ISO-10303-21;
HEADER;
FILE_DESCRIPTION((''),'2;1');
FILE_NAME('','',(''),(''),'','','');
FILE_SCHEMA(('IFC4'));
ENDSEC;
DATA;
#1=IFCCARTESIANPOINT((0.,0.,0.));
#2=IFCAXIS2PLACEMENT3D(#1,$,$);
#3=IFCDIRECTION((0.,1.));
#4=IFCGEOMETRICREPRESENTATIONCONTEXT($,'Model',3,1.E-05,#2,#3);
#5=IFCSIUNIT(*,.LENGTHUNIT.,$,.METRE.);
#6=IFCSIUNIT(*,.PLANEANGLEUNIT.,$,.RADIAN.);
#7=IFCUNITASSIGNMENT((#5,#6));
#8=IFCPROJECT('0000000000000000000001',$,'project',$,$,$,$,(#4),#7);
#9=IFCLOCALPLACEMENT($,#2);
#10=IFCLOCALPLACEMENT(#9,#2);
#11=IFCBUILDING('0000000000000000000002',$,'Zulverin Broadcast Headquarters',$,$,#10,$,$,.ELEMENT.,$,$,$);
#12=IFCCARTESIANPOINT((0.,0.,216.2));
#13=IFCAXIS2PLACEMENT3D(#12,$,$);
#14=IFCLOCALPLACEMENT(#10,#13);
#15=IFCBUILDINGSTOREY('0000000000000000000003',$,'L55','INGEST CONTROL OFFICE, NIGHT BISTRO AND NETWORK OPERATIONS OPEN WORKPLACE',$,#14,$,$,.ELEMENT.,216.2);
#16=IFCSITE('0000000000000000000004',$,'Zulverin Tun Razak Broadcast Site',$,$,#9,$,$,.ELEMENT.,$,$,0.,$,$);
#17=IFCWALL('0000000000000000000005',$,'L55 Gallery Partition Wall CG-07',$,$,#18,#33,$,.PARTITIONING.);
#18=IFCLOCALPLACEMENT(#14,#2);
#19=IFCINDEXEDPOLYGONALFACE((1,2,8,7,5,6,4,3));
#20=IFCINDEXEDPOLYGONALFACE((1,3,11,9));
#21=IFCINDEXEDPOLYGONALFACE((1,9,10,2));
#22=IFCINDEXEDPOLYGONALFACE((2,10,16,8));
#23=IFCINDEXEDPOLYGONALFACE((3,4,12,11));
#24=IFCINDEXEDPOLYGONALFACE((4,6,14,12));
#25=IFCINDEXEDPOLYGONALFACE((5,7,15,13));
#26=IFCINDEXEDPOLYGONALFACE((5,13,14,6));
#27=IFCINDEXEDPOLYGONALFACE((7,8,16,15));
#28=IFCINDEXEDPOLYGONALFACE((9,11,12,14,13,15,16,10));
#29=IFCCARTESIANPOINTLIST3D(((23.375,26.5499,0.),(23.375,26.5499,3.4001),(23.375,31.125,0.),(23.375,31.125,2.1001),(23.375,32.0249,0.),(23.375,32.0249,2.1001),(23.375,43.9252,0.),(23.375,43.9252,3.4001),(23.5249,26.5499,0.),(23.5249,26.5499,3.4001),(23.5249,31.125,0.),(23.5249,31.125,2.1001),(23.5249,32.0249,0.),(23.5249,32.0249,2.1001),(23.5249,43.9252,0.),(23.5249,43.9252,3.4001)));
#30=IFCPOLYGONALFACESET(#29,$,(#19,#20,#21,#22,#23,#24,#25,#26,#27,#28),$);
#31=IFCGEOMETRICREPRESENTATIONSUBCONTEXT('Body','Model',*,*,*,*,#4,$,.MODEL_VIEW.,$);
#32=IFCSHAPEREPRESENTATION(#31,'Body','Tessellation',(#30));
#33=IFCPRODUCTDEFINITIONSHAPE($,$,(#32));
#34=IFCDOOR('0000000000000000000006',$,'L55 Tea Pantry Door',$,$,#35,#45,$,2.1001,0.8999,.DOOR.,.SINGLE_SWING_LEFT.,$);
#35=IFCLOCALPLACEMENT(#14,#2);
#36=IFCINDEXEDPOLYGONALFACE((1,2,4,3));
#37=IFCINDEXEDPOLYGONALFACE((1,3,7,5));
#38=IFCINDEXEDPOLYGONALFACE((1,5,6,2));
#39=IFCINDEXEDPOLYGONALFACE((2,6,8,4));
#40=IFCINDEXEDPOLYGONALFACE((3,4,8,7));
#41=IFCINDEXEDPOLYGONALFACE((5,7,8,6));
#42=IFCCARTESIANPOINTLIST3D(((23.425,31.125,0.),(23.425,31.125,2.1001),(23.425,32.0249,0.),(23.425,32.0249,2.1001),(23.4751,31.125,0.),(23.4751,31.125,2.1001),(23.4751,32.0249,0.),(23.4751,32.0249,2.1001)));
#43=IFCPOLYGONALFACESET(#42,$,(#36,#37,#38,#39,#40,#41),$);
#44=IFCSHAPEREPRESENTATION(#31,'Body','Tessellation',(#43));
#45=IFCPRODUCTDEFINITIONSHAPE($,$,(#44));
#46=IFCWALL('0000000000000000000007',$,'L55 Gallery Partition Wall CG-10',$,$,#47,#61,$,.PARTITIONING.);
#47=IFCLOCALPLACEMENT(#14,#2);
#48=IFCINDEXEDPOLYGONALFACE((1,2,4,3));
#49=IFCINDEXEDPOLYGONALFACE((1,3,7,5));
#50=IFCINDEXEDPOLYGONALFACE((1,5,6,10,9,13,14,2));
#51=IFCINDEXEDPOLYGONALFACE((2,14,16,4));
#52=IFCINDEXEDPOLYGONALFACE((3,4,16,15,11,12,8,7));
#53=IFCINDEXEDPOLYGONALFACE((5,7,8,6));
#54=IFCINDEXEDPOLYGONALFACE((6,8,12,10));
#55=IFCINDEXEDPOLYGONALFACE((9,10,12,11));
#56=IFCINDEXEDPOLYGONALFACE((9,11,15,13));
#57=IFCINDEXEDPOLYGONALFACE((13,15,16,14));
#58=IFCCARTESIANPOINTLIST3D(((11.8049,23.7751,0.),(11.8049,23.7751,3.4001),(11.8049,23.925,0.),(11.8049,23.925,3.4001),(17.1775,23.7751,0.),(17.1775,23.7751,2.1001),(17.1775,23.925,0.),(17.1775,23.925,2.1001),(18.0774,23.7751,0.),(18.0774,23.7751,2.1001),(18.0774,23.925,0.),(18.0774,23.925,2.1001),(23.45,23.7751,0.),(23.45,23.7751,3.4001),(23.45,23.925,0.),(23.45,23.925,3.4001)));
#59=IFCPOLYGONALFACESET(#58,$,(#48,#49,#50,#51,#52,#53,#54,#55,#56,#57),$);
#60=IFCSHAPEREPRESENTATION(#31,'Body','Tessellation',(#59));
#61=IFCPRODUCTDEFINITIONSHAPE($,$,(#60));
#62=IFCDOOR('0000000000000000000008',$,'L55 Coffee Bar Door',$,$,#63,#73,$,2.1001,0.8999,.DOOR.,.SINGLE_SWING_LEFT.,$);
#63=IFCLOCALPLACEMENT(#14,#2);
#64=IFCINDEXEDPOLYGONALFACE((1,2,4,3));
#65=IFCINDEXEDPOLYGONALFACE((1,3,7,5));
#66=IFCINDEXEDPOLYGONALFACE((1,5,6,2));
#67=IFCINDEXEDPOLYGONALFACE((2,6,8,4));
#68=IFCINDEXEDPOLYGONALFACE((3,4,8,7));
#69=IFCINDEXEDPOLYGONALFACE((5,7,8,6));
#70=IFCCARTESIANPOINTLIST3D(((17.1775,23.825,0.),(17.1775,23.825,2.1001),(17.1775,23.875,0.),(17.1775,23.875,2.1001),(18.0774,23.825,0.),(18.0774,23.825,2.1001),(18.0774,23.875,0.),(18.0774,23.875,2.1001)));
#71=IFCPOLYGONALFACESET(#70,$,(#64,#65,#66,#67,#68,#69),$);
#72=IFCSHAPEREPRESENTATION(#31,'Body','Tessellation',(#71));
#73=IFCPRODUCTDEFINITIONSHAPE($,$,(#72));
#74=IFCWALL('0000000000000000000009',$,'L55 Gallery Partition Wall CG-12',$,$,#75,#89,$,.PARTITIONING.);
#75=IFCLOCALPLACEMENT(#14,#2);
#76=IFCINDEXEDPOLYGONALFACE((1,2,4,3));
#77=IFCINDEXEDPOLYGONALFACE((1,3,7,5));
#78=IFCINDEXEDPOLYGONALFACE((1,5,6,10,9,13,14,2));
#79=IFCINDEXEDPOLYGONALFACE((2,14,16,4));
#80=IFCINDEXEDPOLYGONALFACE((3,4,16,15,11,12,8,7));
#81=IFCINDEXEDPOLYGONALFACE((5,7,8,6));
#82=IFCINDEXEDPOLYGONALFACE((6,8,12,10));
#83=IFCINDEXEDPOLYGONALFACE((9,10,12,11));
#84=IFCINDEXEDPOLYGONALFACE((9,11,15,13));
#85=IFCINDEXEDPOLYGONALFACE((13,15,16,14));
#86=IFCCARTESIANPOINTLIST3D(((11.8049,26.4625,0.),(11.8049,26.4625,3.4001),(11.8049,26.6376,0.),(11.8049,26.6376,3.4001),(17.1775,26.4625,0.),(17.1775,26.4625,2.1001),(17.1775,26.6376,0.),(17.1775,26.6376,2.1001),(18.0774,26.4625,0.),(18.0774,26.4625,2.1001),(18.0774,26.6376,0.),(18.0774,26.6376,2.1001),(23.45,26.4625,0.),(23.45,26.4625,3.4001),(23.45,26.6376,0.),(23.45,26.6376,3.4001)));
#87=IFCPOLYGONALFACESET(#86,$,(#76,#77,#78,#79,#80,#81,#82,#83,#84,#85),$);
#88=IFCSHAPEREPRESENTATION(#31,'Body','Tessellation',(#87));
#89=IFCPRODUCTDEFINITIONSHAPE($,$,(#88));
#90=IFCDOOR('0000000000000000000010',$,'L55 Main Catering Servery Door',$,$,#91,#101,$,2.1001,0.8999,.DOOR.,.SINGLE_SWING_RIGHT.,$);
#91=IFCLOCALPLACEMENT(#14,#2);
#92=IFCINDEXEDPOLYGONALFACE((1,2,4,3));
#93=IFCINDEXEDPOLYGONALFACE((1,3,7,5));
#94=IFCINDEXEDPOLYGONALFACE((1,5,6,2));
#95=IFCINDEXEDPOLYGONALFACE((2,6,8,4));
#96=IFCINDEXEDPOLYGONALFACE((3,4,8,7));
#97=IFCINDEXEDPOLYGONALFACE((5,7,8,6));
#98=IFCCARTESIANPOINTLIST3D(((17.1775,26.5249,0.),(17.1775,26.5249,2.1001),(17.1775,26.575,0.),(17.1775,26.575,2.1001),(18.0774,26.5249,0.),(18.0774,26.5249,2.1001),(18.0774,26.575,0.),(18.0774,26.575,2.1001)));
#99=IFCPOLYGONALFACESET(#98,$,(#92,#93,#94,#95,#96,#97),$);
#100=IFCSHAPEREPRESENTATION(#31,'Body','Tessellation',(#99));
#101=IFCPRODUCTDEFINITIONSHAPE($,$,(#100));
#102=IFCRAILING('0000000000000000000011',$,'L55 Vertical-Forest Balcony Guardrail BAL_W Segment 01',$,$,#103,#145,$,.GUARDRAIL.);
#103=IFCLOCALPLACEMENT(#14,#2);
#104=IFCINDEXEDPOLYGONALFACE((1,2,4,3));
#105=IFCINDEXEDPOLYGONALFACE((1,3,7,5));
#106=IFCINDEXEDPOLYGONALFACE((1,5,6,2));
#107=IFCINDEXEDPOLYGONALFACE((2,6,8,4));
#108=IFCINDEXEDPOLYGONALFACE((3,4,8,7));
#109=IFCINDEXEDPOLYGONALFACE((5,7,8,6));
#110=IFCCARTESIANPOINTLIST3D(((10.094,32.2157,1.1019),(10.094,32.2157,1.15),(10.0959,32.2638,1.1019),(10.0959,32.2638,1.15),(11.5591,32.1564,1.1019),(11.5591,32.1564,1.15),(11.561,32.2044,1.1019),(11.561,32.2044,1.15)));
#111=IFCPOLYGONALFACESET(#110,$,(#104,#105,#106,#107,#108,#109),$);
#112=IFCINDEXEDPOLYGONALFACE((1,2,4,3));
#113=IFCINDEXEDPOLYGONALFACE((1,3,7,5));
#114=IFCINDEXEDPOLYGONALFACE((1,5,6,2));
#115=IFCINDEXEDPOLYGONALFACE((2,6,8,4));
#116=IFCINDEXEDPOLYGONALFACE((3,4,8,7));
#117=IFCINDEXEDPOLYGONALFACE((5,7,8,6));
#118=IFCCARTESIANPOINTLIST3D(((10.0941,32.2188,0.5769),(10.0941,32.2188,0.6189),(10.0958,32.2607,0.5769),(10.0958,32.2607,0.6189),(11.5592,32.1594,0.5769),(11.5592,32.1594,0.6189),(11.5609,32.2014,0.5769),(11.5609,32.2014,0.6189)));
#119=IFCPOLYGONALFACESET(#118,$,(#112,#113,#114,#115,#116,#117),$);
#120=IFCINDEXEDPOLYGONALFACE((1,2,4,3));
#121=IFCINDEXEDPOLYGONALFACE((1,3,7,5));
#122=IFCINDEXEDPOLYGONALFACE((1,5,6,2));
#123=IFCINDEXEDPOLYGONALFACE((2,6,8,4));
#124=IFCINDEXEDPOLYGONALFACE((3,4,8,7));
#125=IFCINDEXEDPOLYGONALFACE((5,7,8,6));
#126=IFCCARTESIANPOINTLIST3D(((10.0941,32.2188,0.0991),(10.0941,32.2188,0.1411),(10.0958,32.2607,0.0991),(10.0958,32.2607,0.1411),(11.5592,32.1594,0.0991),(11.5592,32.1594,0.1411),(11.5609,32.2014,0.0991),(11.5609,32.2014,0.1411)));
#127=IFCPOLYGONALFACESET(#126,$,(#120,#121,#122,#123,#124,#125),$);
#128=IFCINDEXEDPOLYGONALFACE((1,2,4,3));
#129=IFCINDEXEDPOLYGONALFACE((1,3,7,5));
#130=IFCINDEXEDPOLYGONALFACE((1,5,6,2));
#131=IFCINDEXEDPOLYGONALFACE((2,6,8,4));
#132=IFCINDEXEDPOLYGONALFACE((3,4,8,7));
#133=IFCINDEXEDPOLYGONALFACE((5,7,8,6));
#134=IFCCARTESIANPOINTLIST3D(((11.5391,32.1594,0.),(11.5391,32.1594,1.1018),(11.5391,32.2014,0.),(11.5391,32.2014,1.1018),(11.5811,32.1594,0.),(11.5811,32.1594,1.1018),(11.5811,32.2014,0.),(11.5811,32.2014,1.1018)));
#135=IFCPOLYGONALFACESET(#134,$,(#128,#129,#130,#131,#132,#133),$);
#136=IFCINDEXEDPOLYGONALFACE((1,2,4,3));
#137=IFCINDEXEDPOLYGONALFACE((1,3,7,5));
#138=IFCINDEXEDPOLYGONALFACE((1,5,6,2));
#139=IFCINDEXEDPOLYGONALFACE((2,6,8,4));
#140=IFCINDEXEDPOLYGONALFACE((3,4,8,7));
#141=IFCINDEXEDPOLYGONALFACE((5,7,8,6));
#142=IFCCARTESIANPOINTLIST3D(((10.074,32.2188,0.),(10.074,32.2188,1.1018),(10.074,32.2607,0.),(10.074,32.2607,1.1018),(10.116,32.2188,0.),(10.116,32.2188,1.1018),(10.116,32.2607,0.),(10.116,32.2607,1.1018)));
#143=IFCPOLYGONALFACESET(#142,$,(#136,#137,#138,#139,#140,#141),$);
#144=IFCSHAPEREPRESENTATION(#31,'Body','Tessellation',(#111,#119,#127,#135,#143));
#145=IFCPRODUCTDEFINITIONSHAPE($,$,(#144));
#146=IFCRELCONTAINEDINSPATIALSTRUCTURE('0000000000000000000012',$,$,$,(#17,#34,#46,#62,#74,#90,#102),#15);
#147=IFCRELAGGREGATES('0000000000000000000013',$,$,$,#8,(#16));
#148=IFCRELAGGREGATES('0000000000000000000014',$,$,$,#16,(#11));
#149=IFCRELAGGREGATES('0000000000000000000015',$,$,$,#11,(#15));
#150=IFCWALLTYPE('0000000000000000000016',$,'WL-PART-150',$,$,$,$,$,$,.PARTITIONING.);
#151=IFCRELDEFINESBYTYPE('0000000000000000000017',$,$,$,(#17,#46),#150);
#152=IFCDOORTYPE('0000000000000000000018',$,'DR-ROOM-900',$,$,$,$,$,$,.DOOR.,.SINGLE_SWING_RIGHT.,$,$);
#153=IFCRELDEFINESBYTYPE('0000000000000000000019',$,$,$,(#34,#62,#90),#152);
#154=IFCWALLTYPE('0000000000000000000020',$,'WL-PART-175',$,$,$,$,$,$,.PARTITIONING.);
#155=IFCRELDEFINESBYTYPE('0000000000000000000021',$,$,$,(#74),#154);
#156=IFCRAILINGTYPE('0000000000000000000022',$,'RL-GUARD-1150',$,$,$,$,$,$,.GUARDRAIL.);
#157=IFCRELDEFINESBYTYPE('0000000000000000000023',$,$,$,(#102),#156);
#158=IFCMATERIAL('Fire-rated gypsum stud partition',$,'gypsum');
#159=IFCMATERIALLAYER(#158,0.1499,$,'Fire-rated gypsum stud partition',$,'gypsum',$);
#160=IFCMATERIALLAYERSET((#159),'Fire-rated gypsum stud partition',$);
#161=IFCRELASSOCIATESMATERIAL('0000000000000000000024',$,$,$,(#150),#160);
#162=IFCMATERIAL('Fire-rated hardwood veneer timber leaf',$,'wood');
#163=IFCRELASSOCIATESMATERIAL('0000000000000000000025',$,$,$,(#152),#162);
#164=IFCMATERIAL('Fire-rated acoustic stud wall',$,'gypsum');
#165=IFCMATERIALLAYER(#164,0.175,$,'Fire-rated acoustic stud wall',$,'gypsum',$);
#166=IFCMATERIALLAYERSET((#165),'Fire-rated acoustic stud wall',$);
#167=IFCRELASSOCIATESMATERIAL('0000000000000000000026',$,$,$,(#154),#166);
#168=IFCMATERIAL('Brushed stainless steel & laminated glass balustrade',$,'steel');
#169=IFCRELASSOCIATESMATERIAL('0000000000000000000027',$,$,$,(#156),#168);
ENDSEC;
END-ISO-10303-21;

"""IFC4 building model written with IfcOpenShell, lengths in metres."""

from ifc_helpers import new_model, si_unit, direction, frame, frame_2d, origin, origin_2d, place, context, subcontext, project, spatial, rectangle, extrude, material, layer, layer_set, type_object, element, fill, save


model = new_model("IFC4")

# Units and contexts
model_context = context("Model", 3, precision=1e-05, world=origin(), true_north=direction((0.0, 1.0)))
body_context = subcontext(model_context, "Body", "Model", "MODEL_VIEW")
ifc_project = project(units=[si_unit("LENGTHUNIT", "METRE"), si_unit("PLANEANGLEUNIT", "RADIAN")], contexts=[model_context])

# Site, building, storey
site_placement = place(None, origin())
site = spatial("IfcSite", under=ifc_project, at=site_placement, Name="Zulverin Tun Razak Broadcast Site", CompositionType="ELEMENT", RefElevation=0.0)
building_placement = place(site_placement, origin())
building = spatial("IfcBuilding", under=site, at=building_placement, Name="Zulverin Broadcast Headquarters", CompositionType="ELEMENT")
storey_placement = place(building_placement, frame((0.0, 0.0, 216.2)))
storey = spatial("IfcBuildingStorey", under=building, at=storey_placement, Name="L55", Description="INGEST CONTROL OFFICE, NIGHT BISTRO AND NETWORK OPERATIONS OPEN WORKPLACE", CompositionType="ELEMENT", Elevation=216.2)

# Shared definitions
ifc_material_1 = material(Name="Fire-rated gypsum stud partition", Category="gypsum")
ifc_layer_1 = layer(ifc_material_1, 0.1499, Name="Fire-rated gypsum stud partition", Category="gypsum")
ifc_layer_set_1 = layer_set([ifc_layer_1], Name="Fire-rated gypsum stud partition")
wall_type_1 = type_object("IfcWallType", Name="WL-PART-150", PredefinedType="PARTITIONING", material=ifc_layer_set_1)

# Walls, openings, doors
wall_1_placement = place(storey_placement, frame((23.45, 26.55, 0.0), z_axis=(0.0, 0.0, 1.0), x_axis=(0.0, 1.0, 0.0)))
wall_1 = element("IfcWall", 1, at=wall_1_placement, inside=storey, type_object=wall_type_1, Name="L55 Gallery Partition Wall CG-07", PredefinedType="PARTITIONING", context=body_context, shape_type="SweptSolid", body=[
    extrude(rectangle(XDim=17.3752, YDim=0.1499, at=frame_2d((8.6875, 0.0))), origin(), (0.0, 0.0, 1.0), 3.4001),
])
opening_1_placement = place(wall_1_placement, frame((4.575, 0.0, 0.0)))
opening_1 = element("IfcOpeningElement", 2, at=opening_1_placement, cuts=wall_1, PredefinedType="OPENING", context=body_context, shape_type="SweptSolid", body=[
    extrude(rectangle(XDim=0.8999, YDim=2.1001, at=frame_2d((0.45, 1.05))), frame((0.0, 0.085, 0.0), z_axis=(0.0, -1.0, 0.0), x_axis=(1.0, 0.0, 0.0)), (0.0, 0.0, 1.0), 0.1699),
])
ifc_material_2 = material(Name="Fire-rated hardwood veneer timber leaf", Category="wood")
door_type_1 = type_object("IfcDoorType", Name="DR-ROOM-900", OperationType="SINGLE_SWING_RIGHT", PredefinedType="DOOR", material=ifc_material_2)
door_1_placement = place(opening_1_placement, origin())
door_1 = element("IfcDoor", 3, at=door_1_placement, inside=storey, type_object=door_type_1, Name="L55 Tea Pantry Door", OperationType="SINGLE_SWING_LEFT", OverallHeight=2.1001, OverallWidth=0.8999, PredefinedType="DOOR", context=body_context, shape_type="SweptSolid", body=[
    extrude(rectangle(XDim=0.8999, YDim=2.1001, at=frame_2d((0.45, 1.05))), frame((0.0, 0.0249, 0.0), z_axis=(0.0, -1.0, 0.0), x_axis=(1.0, 0.0, 0.0)), (0.0, 0.0, 1.0), 0.05),
])
fill(opening_1, door_1)
wall_2_placement = place(storey_placement, frame((11.8049, 23.8501, 0.0), z_axis=(0.0, 0.0, 1.0), x_axis=(1.0, 0.0, 0.0)))
wall_2 = element("IfcWall", 4, at=wall_2_placement, inside=storey, type_object=wall_type_1, Name="L55 Gallery Partition Wall CG-10", PredefinedType="PARTITIONING", context=body_context, shape_type="SweptSolid", body=[
    extrude(rectangle(XDim=11.645, YDim=0.1499, at=frame_2d((5.8225, 0.0))), origin(), (0.0, 0.0, 1.0), 3.4001),
])
opening_2_placement = place(wall_2_placement, frame((5.3726, 0.0, 0.0)))
opening_2 = element("IfcOpeningElement", 5, at=opening_2_placement, cuts=wall_2, PredefinedType="OPENING", context=body_context, shape_type="SweptSolid", body=[
    extrude(rectangle(XDim=0.8999, YDim=2.1001, at=frame_2d((0.45, 1.05))), frame((0.0, 0.085, 0.0), z_axis=(0.0, -1.0, 0.0), x_axis=(1.0, 0.0, 0.0)), (0.0, 0.0, 1.0), 0.1699),
])
door_2_placement = place(opening_2_placement, origin())
door_2 = element("IfcDoor", 6, at=door_2_placement, inside=storey, type_object=door_type_1, Name="L55 Coffee Bar Door", OperationType="SINGLE_SWING_LEFT", OverallHeight=2.1001, OverallWidth=0.8999, PredefinedType="DOOR", context=body_context, shape_type="SweptSolid", body=[
    extrude(rectangle(XDim=0.8999, YDim=2.1001, at=frame_2d((0.45, 1.05))), frame((0.0, 0.0249, 0.0), z_axis=(0.0, -1.0, 0.0), x_axis=(1.0, 0.0, 0.0)), (0.0, 0.0, 1.0), 0.05),
])
fill(opening_2, door_2)
ifc_material_3 = material(Name="Fire-rated acoustic stud wall", Category="gypsum")
ifc_layer_2 = layer(ifc_material_3, 0.175, Name="Fire-rated acoustic stud wall", Category="gypsum")
ifc_layer_set_2 = layer_set([ifc_layer_2], Name="Fire-rated acoustic stud wall")
wall_type_2 = type_object("IfcWallType", Name="WL-PART-175", PredefinedType="PARTITIONING", material=ifc_layer_set_2)
wall_3_placement = place(storey_placement, frame((11.8049, 26.55, 0.0), z_axis=(0.0, 0.0, 1.0), x_axis=(1.0, 0.0, 0.0)))
wall_3 = element("IfcWall", 7, at=wall_3_placement, inside=storey, type_object=wall_type_2, Name="L55 Gallery Partition Wall CG-12", PredefinedType="PARTITIONING", context=body_context, shape_type="SweptSolid", body=[
    extrude(rectangle(XDim=11.645, YDim=0.175, at=frame_2d((5.8225, 0.0))), origin(), (0.0, 0.0, 1.0), 3.4001),
])
opening_3_placement = place(wall_3_placement, frame((5.3726, 0.0, 0.0)))
opening_3 = element("IfcOpeningElement", 8, at=opening_3_placement, cuts=wall_3, PredefinedType="OPENING", context=body_context, shape_type="SweptSolid", body=[
    extrude(rectangle(XDim=0.8999, YDim=2.1001, at=frame_2d((0.45, 1.05))), frame((0.0, 0.0974, 0.0), z_axis=(0.0, -1.0, 0.0), x_axis=(1.0, 0.0, 0.0)), (0.0, 0.0, 1.0), 0.1951),
])
door_3_placement = place(opening_3_placement, origin())
door_3 = element("IfcDoor", 9, at=door_3_placement, inside=storey, type_object=door_type_1, Name="L55 Main Catering Servery Door", OperationType="SINGLE_SWING_RIGHT", OverallHeight=2.1001, OverallWidth=0.8999, PredefinedType="DOOR", context=body_context, shape_type="SweptSolid", body=[
    extrude(rectangle(XDim=0.8999, YDim=2.1001, at=frame_2d((0.45, 1.05))), frame((0.0, 0.0249, 0.0), z_axis=(0.0, -1.0, 0.0), x_axis=(1.0, 0.0, 0.0)), (0.0, 0.0, 1.0), 0.05),
])
fill(opening_3, door_3)

# Railing
ifc_material_4 = material(Name="Brushed stainless steel & laminated glass balustrade", Category="steel")
railing_type = type_object("IfcRailingType", Name="RL-GUARD-1150", PredefinedType="GUARDRAIL", material=ifc_material_4)
railing_1_placement = place(storey_placement, frame((11.5601, 32.1804, 0.0)))
element("IfcRailing", 10, at=railing_1_placement, inside=storey, type_object=railing_type, Name="L55 Vertical-Forest Balcony Guardrail BAL_W Segment 01", PredefinedType="GUARDRAIL", context=body_context, shape_type="SweptSolid", body=[
    extrude(rectangle(XDim=0.0481, YDim=0.0481, at=origin_2d()), frame((0.0, 0.0, 1.126), z_axis=(-0.999181, 0.04046, 0.0), x_axis=(-0.04046, -0.999181, 0.0)), (0.0, 0.0, 1.0), 1.4663),
    extrude(rectangle(XDim=0.042, YDim=0.042, at=origin_2d()), frame((0.0, 0.0, 0.5979), z_axis=(-0.999181, 0.04046, 0.0), x_axis=(-0.04046, -0.999181, 0.0)), (0.0, 0.0, 1.0), 1.4663),
    extrude(rectangle(XDim=0.042, YDim=0.042, at=origin_2d()), frame((0.0, 0.0, 0.1201), z_axis=(-0.999181, 0.04046, 0.0), x_axis=(-0.04046, -0.999181, 0.0)), (0.0, 0.0, 1.0), 1.4663),
    extrude(rectangle(XDim=0.042, YDim=0.042, at=origin_2d()), origin(), (0.0, 0.0, 1.0), 1.1018),
    extrude(rectangle(XDim=0.042, YDim=0.042, at=origin_2d()), frame((-1.4651, 0.0593, 0.0)), (0.0, 0.0, 1.0), 1.1018),
])

save(model, "model.ifc")
